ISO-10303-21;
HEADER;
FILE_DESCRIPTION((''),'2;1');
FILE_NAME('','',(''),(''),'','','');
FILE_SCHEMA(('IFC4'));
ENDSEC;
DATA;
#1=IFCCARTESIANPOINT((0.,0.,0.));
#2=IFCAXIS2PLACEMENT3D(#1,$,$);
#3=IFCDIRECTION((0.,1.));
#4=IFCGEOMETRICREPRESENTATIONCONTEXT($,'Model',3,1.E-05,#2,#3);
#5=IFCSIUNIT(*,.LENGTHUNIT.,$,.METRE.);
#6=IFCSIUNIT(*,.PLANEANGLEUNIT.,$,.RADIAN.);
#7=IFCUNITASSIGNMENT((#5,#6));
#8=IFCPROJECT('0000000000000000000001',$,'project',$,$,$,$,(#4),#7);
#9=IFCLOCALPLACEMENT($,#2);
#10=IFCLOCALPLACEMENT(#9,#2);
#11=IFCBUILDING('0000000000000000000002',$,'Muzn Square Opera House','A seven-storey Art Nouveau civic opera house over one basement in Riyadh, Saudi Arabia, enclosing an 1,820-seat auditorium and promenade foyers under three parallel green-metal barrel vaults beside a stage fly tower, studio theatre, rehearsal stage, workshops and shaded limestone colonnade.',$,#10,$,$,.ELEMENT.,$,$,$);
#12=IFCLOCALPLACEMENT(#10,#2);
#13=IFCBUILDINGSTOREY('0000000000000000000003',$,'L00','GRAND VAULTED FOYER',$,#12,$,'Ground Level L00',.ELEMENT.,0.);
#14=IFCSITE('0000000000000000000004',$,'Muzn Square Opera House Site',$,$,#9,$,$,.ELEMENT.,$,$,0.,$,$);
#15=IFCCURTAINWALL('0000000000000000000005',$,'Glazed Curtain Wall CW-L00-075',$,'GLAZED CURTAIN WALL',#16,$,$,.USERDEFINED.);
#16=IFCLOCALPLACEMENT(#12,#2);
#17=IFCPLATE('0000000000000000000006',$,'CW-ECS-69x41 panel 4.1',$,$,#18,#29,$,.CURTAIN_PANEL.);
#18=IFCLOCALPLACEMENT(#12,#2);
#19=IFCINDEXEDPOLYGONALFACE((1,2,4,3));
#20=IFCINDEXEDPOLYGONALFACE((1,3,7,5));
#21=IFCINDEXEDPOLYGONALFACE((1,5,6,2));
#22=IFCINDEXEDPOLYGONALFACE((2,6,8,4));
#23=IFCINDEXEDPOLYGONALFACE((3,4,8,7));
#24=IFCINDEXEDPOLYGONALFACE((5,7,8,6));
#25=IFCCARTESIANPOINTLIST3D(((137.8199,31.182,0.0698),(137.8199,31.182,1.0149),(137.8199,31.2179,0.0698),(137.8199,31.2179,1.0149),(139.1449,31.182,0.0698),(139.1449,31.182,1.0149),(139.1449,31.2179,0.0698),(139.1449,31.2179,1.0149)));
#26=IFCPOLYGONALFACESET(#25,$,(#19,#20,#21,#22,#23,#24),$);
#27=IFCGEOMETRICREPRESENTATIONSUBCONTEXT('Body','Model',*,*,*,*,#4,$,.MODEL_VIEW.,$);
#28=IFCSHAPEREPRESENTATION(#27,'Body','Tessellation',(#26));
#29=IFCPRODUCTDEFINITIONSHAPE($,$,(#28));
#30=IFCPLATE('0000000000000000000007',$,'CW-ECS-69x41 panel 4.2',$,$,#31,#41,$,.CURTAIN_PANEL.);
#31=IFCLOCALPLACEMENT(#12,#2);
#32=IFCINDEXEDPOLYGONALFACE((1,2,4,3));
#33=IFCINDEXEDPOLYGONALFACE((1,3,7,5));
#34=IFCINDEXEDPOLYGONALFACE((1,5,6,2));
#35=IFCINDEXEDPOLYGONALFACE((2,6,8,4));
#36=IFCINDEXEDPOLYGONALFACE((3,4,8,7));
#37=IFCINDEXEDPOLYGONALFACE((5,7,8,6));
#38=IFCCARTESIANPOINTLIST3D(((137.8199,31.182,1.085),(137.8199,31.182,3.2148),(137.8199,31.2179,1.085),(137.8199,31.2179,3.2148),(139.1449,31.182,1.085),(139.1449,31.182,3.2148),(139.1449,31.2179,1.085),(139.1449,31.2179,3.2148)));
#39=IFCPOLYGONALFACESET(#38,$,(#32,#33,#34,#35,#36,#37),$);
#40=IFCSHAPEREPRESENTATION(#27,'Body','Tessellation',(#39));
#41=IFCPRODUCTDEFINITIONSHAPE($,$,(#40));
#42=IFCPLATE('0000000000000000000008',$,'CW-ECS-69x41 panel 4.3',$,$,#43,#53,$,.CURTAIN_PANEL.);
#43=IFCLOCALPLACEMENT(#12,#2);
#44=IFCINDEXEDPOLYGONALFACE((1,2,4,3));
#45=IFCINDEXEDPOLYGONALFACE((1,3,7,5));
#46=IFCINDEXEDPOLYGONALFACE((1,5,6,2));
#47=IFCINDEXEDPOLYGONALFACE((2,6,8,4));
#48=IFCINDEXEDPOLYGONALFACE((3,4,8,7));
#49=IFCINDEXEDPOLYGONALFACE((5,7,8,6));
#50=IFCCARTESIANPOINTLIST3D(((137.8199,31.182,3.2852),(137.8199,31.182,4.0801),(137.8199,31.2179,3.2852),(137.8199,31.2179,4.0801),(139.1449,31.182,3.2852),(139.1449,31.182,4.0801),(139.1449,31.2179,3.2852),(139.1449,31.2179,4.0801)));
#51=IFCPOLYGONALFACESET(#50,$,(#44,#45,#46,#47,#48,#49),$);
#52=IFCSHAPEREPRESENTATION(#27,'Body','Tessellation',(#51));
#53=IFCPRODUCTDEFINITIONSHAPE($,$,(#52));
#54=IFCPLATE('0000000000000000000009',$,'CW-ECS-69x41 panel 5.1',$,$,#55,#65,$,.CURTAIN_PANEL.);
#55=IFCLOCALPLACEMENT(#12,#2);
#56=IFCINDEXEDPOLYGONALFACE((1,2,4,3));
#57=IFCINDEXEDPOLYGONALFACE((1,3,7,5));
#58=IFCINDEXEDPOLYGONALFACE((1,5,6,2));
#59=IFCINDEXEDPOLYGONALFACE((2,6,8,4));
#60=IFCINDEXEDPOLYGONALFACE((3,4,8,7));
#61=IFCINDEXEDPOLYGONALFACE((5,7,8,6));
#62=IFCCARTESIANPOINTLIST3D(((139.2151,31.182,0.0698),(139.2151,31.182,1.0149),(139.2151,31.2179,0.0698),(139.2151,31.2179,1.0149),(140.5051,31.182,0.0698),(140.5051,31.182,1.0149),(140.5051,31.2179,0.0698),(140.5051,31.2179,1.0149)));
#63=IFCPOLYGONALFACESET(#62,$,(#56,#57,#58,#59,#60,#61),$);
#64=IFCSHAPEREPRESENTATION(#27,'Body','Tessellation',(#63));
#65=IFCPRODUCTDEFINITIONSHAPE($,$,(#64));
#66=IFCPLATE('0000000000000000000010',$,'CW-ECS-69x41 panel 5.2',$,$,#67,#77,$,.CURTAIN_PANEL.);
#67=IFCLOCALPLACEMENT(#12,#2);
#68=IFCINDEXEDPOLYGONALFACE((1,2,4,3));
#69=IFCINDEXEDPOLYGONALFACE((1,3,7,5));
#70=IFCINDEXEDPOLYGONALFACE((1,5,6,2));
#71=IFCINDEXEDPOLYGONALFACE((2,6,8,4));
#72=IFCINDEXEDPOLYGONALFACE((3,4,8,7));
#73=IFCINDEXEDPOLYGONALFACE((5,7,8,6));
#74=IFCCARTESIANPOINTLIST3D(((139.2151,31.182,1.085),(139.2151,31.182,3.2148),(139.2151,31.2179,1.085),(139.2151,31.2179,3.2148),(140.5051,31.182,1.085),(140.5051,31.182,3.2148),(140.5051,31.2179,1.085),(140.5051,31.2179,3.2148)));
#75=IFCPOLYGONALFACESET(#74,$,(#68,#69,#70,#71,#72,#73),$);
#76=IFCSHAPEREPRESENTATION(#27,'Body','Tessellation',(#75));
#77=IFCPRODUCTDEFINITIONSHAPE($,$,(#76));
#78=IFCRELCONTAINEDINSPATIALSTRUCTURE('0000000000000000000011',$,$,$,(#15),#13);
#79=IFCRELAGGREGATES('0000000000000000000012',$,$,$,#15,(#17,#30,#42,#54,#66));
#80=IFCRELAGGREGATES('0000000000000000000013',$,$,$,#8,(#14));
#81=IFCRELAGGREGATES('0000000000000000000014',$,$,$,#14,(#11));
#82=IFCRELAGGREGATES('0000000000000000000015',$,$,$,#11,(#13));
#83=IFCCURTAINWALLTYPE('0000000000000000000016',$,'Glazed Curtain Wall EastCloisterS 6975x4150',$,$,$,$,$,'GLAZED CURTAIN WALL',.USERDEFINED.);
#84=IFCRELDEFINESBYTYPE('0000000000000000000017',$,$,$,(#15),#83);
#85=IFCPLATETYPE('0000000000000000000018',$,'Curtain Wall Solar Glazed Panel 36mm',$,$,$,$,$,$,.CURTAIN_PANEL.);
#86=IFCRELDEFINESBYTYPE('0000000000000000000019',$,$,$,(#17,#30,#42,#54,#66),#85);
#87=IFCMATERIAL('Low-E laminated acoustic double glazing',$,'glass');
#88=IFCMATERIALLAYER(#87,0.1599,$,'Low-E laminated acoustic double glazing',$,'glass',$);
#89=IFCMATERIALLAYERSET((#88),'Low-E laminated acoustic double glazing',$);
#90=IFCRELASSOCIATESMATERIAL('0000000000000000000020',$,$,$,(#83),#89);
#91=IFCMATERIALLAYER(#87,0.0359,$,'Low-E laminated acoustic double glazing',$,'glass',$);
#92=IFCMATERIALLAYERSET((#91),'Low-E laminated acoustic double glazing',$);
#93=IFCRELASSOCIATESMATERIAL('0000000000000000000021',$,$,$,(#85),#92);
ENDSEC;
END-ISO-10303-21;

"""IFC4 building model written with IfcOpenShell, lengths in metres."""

from ifc_helpers import new_model, si_unit, direction, frame, origin, origin_2d, place, context, subcontext, project, spatial, rectangle, extrude, material, layer, layer_set, type_object, element, aggregate, save


model = new_model("IFC4")

# Units and contexts
model_context = context("Model", 3, precision=1e-05, world=origin(), true_north=direction((0.0, 1.0)))
body_context = subcontext(model_context, "Body", "Model", "MODEL_VIEW")
ifc_project = project(units=[si_unit("LENGTHUNIT", "METRE"), si_unit("PLANEANGLEUNIT", "RADIAN")], contexts=[model_context])

# Site, building, storey
site_placement = place(None, origin())
site = spatial("IfcSite", under=ifc_project, at=site_placement, Name="Muzn Square Opera House Site", CompositionType="ELEMENT", RefElevation=0.0)
building_placement = place(site_placement, origin())
building = spatial("IfcBuilding", under=site, at=building_placement, Name="Muzn Square Opera House", Description="A seven-storey Art Nouveau civic opera house over one basement in Riyadh, Saudi Arabia, enclosing an 1,820-seat auditorium and promenade foyers under three parallel green-metal barrel vaults beside a stage fly tower, studio theatre, rehearsal stage, workshops and shaded limestone colonnade.", CompositionType="ELEMENT")
storey_placement = place(building_placement, origin())
storey = spatial("IfcBuildingStorey", under=building, at=storey_placement, Name="L00", Description="GRAND VAULTED FOYER", LongName="Ground Level L00", CompositionType="ELEMENT", Elevation=0.0)

# Curtain wall
ifc_material_1 = material(Name="Low-E laminated acoustic double glazing", Category="glass")
ifc_layer_1 = layer(ifc_material_1, 0.1599, Name="Low-E laminated acoustic double glazing", Category="glass")
ifc_layer_set_1 = layer_set([ifc_layer_1], Name="Low-E laminated acoustic double glazing")
curtain_wall_type = type_object("IfcCurtainWallType", Name="Glazed Curtain Wall EastCloisterS 6975x4150", ElementType="GLAZED CURTAIN WALL", PredefinedType="USERDEFINED", material=ifc_layer_set_1)
curtain_wall_placement = place(storey_placement, origin())
curtain_wall = element("IfcCurtainWall", 1, at=curtain_wall_placement, inside=storey, type_object=curtain_wall_type, Name="Glazed Curtain Wall CW-L00-075", ObjectType="GLAZED CURTAIN WALL", PredefinedType="USERDEFINED")

# Plates
ifc_layer_2 = layer(ifc_material_1, 0.0359, Name="Low-E laminated acoustic double glazing", Category="glass")
ifc_layer_set_2 = layer_set([ifc_layer_2], Name="Low-E laminated acoustic double glazing")
plate_type = type_object("IfcPlateType", Name="Curtain Wall Solar Glazed Panel 36mm", PredefinedType="CURTAIN_PANEL", material=ifc_layer_set_2)
plate_1_placement = place(storey_placement, frame((138.4824, 31.2, 0.0698), z_axis=(0.0, 0.0, 1.0), x_axis=(1.0, 0.0, 0.0)))
plate_1 = element("IfcPlate", 2, at=plate_1_placement, type_object=plate_type, Name="CW-ECS-69x41 panel 4.1", PredefinedType="CURTAIN_PANEL", context=body_context, shape_type="SweptSolid", body=[
    extrude(rectangle(XDim=1.325, YDim=0.0359, at=origin_2d()), origin(), (0.0, 0.0, 1.0), 0.9451),
])
plate_2_placement = place(storey_placement, frame((138.4824, 31.2, 1.085), z_axis=(0.0, 0.0, 1.0), x_axis=(1.0, 0.0, 0.0)))
plate_2 = element("IfcPlate", 3, at=plate_2_placement, type_object=plate_type, Name="CW-ECS-69x41 panel 4.2", PredefinedType="CURTAIN_PANEL", context=body_context, shape_type="SweptSolid", body=[
    extrude(rectangle(XDim=1.325, YDim=0.0359, at=origin_2d()), origin(), (0.0, 0.0, 1.0), 2.1299),
])
plate_3_placement = place(storey_placement, frame((138.4824, 31.2, 3.2852), z_axis=(0.0, 0.0, 1.0), x_axis=(1.0, 0.0, 0.0)))
plate_3 = element("IfcPlate", 4, at=plate_3_placement, type_object=plate_type, Name="CW-ECS-69x41 panel 4.3", PredefinedType="CURTAIN_PANEL", context=body_context, shape_type="SweptSolid", body=[
    extrude(rectangle(XDim=1.325, YDim=0.0359, at=origin_2d()), origin(), (0.0, 0.0, 1.0), 0.7949),
])
plate_4_placement = place(storey_placement, frame((139.8601, 31.2, 0.0698), z_axis=(0.0, 0.0, 1.0), x_axis=(1.0, 0.0, 0.0)))
plate_4 = element("IfcPlate", 5, at=plate_4_placement, type_object=plate_type, Name="CW-ECS-69x41 panel 5.1", PredefinedType="CURTAIN_PANEL", context=body_context, shape_type="SweptSolid", body=[
    extrude(rectangle(XDim=1.29, YDim=0.0359, at=origin_2d()), origin(), (0.0, 0.0, 1.0), 0.9451),
])
plate_5_placement = place(storey_placement, frame((139.8601, 31.2, 1.085), z_axis=(0.0, 0.0, 1.0), x_axis=(1.0, 0.0, 0.0)))
plate_5 = element("IfcPlate", 6, at=plate_5_placement, type_object=plate_type, Name="CW-ECS-69x41 panel 5.2", PredefinedType="CURTAIN_PANEL", context=body_context, shape_type="SweptSolid", body=[
    extrude(rectangle(XDim=1.29, YDim=0.0359, at=origin_2d()), origin(), (0.0, 0.0, 1.0), 2.1299),
])
aggregate(curtain_wall, [plate_1, plate_2, plate_3, plate_4, plate_5])

save(model, "model.ifc")
